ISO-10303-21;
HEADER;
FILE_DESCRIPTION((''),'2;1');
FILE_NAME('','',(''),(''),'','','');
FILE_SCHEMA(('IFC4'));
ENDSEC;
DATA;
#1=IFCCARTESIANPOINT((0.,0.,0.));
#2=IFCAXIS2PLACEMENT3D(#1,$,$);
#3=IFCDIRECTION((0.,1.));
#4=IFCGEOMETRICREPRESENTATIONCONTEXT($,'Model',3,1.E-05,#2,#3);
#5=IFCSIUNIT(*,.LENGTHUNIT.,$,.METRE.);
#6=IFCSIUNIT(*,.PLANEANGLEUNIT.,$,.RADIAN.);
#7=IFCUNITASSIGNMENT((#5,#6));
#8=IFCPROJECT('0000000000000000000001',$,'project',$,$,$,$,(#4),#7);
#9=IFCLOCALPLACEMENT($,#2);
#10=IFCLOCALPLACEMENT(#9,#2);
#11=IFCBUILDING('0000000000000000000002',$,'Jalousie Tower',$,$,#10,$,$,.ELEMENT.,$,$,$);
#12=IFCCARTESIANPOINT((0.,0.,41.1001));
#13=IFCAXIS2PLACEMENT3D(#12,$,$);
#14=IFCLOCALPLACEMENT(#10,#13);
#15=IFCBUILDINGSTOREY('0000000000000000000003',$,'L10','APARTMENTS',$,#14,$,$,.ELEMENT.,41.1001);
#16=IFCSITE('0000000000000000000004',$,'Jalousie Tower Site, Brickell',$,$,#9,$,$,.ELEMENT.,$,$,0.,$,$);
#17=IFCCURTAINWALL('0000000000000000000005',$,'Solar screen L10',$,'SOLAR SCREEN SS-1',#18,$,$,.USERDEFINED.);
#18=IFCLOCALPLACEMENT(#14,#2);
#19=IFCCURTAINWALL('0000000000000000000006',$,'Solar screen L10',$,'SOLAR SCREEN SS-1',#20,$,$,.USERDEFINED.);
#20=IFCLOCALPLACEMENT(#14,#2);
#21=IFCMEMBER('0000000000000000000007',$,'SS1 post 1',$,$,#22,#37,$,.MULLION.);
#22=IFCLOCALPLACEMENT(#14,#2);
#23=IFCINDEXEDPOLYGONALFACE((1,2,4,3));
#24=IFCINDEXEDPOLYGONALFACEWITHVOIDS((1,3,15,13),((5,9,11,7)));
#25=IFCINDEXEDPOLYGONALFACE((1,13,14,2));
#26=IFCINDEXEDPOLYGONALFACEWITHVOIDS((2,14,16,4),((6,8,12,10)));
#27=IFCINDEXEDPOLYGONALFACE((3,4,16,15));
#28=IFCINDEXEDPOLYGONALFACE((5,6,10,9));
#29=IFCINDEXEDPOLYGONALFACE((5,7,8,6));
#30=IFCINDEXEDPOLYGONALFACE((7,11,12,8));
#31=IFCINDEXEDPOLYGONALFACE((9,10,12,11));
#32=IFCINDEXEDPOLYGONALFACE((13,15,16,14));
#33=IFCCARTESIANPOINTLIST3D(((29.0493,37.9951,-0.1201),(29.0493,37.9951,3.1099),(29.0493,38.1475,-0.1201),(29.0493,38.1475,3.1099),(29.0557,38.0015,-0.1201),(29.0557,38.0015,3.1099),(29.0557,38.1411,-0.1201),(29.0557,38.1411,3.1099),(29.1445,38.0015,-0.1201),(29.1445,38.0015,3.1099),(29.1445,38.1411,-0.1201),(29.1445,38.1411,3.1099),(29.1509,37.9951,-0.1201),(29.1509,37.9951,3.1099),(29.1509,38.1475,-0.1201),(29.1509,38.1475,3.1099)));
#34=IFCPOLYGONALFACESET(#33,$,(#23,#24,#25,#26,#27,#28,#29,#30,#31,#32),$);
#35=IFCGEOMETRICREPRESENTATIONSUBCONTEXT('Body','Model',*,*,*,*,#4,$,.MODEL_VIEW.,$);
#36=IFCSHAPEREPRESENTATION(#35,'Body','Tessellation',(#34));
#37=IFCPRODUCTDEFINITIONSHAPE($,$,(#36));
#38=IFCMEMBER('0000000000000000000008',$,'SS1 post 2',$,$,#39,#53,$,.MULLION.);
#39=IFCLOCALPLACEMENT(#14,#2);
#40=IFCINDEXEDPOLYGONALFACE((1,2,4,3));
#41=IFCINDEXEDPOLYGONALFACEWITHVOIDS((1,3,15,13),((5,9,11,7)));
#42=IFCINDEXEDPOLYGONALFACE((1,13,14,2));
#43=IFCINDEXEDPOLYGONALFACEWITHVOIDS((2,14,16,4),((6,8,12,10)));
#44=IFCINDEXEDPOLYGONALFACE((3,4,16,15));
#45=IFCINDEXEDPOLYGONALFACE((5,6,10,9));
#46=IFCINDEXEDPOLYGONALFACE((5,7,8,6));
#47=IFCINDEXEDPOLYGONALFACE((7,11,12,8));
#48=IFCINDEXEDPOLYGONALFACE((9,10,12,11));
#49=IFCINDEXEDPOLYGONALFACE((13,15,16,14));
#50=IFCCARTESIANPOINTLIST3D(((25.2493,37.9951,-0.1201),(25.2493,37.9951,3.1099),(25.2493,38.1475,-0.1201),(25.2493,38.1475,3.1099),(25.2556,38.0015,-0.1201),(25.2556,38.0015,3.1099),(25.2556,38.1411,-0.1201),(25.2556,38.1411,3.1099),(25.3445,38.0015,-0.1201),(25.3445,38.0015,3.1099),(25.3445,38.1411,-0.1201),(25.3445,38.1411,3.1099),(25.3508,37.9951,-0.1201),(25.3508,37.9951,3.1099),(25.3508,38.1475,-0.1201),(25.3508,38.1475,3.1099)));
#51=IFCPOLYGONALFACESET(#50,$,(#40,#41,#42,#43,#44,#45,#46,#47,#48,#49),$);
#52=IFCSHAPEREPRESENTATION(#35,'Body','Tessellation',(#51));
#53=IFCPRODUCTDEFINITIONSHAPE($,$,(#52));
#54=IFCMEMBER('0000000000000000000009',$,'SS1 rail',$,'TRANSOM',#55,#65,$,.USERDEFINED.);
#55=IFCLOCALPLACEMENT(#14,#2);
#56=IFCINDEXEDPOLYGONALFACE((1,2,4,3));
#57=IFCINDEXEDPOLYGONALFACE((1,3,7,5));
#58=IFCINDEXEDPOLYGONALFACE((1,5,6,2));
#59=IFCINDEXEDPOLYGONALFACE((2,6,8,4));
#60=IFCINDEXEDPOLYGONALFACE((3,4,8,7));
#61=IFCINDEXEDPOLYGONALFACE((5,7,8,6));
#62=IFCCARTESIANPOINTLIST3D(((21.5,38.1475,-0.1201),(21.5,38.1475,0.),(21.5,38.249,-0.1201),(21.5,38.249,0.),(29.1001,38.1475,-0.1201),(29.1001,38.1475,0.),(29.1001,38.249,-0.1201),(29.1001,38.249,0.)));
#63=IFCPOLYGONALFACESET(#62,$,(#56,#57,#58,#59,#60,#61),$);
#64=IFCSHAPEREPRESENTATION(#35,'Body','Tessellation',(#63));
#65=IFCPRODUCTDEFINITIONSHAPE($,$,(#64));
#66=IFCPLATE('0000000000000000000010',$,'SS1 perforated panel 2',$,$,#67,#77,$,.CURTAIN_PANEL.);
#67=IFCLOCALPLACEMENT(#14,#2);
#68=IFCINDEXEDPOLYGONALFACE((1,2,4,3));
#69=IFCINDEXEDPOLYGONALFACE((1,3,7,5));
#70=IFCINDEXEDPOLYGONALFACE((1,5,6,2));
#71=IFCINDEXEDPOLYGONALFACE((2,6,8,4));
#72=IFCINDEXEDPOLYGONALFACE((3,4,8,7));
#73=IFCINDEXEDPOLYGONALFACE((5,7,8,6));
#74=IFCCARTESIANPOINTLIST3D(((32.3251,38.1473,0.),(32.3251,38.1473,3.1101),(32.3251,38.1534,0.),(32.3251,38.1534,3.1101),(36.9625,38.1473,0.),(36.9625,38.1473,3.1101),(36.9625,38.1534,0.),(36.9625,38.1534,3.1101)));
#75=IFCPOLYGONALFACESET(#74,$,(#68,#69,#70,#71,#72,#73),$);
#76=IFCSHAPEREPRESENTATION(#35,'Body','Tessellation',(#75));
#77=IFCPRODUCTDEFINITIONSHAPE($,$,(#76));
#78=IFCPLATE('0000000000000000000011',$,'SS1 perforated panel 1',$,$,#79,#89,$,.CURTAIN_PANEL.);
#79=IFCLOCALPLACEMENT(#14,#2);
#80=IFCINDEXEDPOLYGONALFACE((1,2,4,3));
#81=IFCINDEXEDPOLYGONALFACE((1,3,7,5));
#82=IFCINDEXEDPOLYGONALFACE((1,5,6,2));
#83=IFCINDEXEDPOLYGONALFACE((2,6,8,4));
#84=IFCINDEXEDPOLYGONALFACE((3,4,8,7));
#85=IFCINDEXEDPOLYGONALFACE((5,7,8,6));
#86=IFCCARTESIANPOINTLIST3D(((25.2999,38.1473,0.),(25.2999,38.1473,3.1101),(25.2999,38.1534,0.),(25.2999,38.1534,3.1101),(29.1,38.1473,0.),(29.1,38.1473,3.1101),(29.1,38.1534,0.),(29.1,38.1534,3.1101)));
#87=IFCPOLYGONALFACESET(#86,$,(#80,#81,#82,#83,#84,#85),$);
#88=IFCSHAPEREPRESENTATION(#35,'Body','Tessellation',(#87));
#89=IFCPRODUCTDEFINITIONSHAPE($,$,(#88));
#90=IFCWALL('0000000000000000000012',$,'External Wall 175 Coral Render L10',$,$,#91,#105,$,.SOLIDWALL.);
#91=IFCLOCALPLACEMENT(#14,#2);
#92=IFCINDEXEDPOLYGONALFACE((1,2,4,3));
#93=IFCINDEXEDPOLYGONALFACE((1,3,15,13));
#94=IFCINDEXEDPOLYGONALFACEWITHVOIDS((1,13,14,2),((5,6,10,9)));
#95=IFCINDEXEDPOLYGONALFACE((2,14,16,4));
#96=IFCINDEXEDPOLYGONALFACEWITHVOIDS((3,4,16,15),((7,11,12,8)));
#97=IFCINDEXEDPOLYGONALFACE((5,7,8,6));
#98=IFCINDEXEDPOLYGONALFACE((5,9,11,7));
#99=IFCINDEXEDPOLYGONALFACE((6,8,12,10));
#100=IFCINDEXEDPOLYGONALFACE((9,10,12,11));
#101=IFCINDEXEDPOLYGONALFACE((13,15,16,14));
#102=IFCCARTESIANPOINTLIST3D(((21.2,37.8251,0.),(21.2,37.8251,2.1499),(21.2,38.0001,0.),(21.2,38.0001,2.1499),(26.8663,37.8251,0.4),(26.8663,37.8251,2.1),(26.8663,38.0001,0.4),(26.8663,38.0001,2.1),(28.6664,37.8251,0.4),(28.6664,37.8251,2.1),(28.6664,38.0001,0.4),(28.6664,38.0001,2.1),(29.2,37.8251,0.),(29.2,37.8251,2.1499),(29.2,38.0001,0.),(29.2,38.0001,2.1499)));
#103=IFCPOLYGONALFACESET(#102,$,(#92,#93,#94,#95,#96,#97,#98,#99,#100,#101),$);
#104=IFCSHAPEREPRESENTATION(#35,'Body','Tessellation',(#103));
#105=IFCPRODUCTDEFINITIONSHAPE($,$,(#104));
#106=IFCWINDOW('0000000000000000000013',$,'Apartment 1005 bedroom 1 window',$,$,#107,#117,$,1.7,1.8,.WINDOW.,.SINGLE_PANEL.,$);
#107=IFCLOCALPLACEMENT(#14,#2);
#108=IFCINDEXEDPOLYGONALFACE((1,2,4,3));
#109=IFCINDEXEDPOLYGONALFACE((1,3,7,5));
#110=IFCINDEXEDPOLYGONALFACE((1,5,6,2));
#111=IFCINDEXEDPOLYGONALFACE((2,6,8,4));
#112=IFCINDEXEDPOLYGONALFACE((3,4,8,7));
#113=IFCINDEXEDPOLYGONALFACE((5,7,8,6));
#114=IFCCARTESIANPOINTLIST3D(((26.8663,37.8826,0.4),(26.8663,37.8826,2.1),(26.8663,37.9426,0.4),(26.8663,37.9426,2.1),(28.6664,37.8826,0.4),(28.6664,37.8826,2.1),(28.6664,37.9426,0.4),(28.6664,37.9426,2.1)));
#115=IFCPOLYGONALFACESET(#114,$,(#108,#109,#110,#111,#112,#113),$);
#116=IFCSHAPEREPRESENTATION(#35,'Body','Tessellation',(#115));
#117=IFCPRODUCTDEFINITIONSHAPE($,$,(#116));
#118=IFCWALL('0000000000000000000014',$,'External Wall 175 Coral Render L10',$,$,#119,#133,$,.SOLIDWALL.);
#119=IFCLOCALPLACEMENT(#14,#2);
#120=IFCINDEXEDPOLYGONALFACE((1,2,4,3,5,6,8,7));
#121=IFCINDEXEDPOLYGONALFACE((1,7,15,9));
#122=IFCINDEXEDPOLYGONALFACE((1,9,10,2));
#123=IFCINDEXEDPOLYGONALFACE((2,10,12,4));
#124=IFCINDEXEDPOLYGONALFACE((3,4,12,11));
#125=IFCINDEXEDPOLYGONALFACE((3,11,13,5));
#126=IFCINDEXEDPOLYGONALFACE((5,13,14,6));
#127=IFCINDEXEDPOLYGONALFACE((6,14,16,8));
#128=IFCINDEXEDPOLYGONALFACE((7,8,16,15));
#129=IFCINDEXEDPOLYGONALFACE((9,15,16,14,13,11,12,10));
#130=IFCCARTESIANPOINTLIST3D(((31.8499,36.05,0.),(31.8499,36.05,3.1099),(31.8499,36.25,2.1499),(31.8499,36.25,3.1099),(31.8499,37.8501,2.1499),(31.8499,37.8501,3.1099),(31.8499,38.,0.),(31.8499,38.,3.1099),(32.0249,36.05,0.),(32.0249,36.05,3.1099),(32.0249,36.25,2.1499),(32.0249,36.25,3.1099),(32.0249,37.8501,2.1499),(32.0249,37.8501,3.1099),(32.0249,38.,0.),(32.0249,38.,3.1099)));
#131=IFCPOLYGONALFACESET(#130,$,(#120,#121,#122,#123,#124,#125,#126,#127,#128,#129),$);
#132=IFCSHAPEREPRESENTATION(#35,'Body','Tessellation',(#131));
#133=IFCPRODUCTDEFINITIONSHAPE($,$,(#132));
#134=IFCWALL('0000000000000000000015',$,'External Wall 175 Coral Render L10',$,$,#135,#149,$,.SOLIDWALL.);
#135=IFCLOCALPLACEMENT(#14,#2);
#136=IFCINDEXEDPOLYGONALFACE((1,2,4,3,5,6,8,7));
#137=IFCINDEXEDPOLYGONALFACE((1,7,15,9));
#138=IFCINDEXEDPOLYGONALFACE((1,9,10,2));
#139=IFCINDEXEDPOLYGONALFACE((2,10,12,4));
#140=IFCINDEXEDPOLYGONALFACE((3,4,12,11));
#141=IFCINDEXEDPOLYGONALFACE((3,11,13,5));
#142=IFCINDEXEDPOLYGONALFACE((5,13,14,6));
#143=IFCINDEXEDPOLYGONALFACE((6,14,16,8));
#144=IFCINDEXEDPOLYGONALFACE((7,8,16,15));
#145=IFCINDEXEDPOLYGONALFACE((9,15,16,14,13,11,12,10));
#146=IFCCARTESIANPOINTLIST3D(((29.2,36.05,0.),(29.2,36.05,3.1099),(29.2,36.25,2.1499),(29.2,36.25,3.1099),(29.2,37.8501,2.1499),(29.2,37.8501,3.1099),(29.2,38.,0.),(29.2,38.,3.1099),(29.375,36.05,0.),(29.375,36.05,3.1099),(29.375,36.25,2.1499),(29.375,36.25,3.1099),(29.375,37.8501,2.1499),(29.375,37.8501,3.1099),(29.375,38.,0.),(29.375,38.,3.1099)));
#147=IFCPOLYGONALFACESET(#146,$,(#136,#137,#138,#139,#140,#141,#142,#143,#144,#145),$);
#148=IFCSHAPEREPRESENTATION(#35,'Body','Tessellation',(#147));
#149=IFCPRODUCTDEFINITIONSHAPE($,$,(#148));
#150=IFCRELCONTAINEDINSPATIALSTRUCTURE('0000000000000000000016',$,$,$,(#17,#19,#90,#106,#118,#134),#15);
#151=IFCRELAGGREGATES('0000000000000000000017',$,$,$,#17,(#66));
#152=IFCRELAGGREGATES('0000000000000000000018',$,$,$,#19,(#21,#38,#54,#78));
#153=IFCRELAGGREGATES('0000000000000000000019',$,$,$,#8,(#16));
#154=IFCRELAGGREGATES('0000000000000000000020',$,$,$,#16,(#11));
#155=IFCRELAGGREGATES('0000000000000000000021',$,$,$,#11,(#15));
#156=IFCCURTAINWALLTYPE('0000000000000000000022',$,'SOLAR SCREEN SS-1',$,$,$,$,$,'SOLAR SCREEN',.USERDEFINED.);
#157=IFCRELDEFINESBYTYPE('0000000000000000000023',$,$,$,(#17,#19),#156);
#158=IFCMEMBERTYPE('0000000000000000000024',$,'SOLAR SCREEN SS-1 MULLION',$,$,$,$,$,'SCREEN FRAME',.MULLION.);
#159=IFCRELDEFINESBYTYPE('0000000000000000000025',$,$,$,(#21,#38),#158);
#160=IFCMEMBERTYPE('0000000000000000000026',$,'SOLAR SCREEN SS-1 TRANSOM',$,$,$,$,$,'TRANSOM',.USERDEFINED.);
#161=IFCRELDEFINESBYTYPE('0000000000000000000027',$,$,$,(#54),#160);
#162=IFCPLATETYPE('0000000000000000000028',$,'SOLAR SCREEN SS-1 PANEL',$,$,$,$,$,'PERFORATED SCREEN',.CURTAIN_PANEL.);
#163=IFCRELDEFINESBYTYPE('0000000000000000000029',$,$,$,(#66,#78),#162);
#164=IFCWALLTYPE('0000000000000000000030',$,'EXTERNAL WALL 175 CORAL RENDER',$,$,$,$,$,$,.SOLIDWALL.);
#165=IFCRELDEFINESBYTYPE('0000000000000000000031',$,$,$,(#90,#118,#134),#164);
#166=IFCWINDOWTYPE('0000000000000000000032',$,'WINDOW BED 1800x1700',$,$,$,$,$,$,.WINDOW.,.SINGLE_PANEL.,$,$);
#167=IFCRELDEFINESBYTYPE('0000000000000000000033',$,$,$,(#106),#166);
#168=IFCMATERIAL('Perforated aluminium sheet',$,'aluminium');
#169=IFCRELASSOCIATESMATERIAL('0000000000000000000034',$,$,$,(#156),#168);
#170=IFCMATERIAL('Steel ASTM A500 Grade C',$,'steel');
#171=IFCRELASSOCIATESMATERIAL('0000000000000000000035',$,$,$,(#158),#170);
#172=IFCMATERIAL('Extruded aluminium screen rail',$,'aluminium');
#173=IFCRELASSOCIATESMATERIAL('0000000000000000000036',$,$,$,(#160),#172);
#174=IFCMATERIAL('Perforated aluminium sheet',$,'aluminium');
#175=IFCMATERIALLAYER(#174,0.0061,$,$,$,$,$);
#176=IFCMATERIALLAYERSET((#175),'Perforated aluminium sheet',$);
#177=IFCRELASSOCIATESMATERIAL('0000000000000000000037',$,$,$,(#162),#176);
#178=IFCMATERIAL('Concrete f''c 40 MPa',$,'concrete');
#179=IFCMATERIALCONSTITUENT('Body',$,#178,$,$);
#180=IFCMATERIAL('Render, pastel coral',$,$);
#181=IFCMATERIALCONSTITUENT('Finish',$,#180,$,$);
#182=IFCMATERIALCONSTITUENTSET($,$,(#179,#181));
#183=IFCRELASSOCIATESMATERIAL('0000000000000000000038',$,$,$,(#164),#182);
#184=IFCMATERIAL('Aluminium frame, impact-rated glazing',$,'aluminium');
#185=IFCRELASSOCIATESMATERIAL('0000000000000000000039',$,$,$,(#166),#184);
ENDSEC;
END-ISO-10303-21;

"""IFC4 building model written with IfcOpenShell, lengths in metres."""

from ifc_helpers import new_model, si_unit, direction, frame, frame_2d, origin, origin_2d, place, context, subcontext, project, spatial, polyline, rectangle, hollow_rectangle, outline, extrude, material, layer, layer_set, constituent, constituent_set, material_profile, profile_set, type_object, element, fill, aggregate, save


model = new_model("IFC4")

# Units and contexts
model_context = context("Model", 3, precision=1e-05, world=origin(), true_north=direction((0.0, 1.0)))
body_context = subcontext(model_context, "Body", "Model", "MODEL_VIEW")
ifc_project = project(units=[si_unit("LENGTHUNIT", "METRE"), si_unit("PLANEANGLEUNIT", "RADIAN")], contexts=[model_context])

# Site, building, storey
site_placement = place(None, origin())
site = spatial("IfcSite", under=ifc_project, at=site_placement, Name="Jalousie Tower Site, Brickell", CompositionType="ELEMENT", RefElevation=0.0)
building_placement = place(site_placement, origin())
building = spatial("IfcBuilding", under=site, at=building_placement, Name="Jalousie Tower", CompositionType="ELEMENT")
storey_placement = place(building_placement, frame((0.0, 0.0, 41.1001)))
storey = spatial("IfcBuildingStorey", under=building, at=storey_placement, Name="L10", Description="APARTMENTS", CompositionType="ELEMENT", Elevation=41.1001)

# Curtain wall
ifc_material_1 = material(Name="Perforated aluminium sheet", Category="aluminium")
curtain_wall_type = type_object("IfcCurtainWallType", Name="SOLAR SCREEN SS-1", ElementType="SOLAR SCREEN", PredefinedType="USERDEFINED", material=ifc_material_1)
curtain_wall_1_placement = place(storey_placement, origin())
curtain_wall_1 = element("IfcCurtainWall", 1, at=curtain_wall_1_placement, inside=storey, type_object=curtain_wall_type, Name="Solar screen L10", ObjectType="SOLAR SCREEN SS-1", PredefinedType="USERDEFINED")
ifc_material_2 = material(Name="Steel ASTM A500 Grade C", Category="steel")
ifc_material_profile_1 = material_profile(ifc_material_2, hollow_rectangle(XDim=0.1016, YDim=0.1523, WallThickness=0.0063, at=origin_2d()), Name="HSS6X4X1/4")
ifc_profile_set_1 = profile_set([ifc_material_profile_1], Name="Steel ASTM A500 Grade C")
member_type_1 = type_object("IfcMemberType", Name="SOLAR SCREEN SS-1 MULLION", ElementType="SCREEN FRAME", PredefinedType="MULLION", material=ifc_profile_set_1)

# Curtain wall, members
curtain_wall_2_placement = place(storey_placement, origin())
curtain_wall_2 = element("IfcCurtainWall", 2, at=curtain_wall_2_placement, inside=storey, type_object=curtain_wall_type, Name="Solar screen L10", ObjectType="SOLAR SCREEN SS-1", PredefinedType="USERDEFINED")
member_1_placement = place(storey_placement, frame((29.1001, 38.0713, -0.1201), z_axis=(0.0, 0.0, 1.0), x_axis=(-1.0, 0.0, 0.0)))
member_1 = element("IfcMember", 3, at=member_1_placement, type_object=member_type_1, Name="SS1 post 1", PredefinedType="MULLION", context=body_context, shape_type="SweptSolid", body=[
    extrude(hollow_rectangle(XDim=0.1016, YDim=0.1523, WallThickness=0.0063, at=origin_2d()), origin(), (0.0, 0.0, 1.0), 3.23),
])
member_2_placement = place(storey_placement, frame((25.3, 38.0713, -0.1201), z_axis=(0.0, 0.0, 1.0), x_axis=(-1.0, 0.0, 0.0)))
member_2 = element("IfcMember", 4, at=member_2_placement, type_object=member_type_1, Name="SS1 post 2", PredefinedType="MULLION", context=body_context, shape_type="SweptSolid", body=[
    extrude(hollow_rectangle(XDim=0.1016, YDim=0.1523, WallThickness=0.0063, at=origin_2d()), origin(), (0.0, 0.0, 1.0), 3.23),
])
ifc_material_3 = material(Name="Extruded aluminium screen rail", Category="aluminium")
ifc_material_profile_2 = material_profile(ifc_material_3, rectangle(XDim=0.1016, YDim=0.1201, at=origin_2d()), Name="RAIL 102x120")
ifc_profile_set_2 = profile_set([ifc_material_profile_2], Name="Extruded aluminium screen rail")
member_type_2 = type_object("IfcMemberType", Name="SOLAR SCREEN SS-1 TRANSOM", ElementType="TRANSOM", PredefinedType="USERDEFINED", material=ifc_profile_set_2)
member_3_placement = place(storey_placement, frame((29.1001, 38.1982, -0.0601), z_axis=(-1.0, 0.0, 0.0), x_axis=(0.0, -1.0, 0.0)))
member_3 = element("IfcMember", 5, at=member_3_placement, type_object=member_type_2, Name="SS1 rail", ObjectType="TRANSOM", PredefinedType="USERDEFINED", context=body_context, shape_type="SweptSolid", body=[
    extrude(rectangle(XDim=0.1016, YDim=0.1201, at=origin_2d()), origin(), (0.0, 0.0, 1.0), 7.6001),
])

# Plates
ifc_material_4 = material(Name="Perforated aluminium sheet", Category="aluminium")
ifc_layer_1 = layer(ifc_material_4, 0.0061)
ifc_layer_set_1 = layer_set([ifc_layer_1], Name="Perforated aluminium sheet")
plate_type = type_object("IfcPlateType", Name="SOLAR SCREEN SS-1 PANEL", ElementType="PERFORATED SCREEN", PredefinedType="CURTAIN_PANEL", material=ifc_layer_set_1)
plate_1_placement = place(storey_placement, frame((34.6438, 38.1504, 0.0), z_axis=(0.0, 0.0, 1.0), x_axis=(-1.0, 0.0, 0.0)))
plate_1 = element("IfcPlate", 6, at=plate_1_placement, type_object=plate_type, Name="SS1 perforated panel 2", PredefinedType="CURTAIN_PANEL", context=body_context, shape_type="SweptSolid", body=[
    extrude(rectangle(XDim=4.6375, YDim=0.0061, at=origin_2d()), origin(), (0.0, 0.0, 1.0), 3.1101),
])
aggregate(curtain_wall_1, [plate_1])
plate_2_placement = place(storey_placement, frame((27.2, 38.1504, 0.0), z_axis=(0.0, 0.0, 1.0), x_axis=(-1.0, 0.0, 0.0)))
plate_2 = element("IfcPlate", 7, at=plate_2_placement, type_object=plate_type, Name="SS1 perforated panel 1", PredefinedType="CURTAIN_PANEL", context=body_context, shape_type="SweptSolid", body=[
    extrude(rectangle(XDim=3.8, YDim=0.0061, at=origin_2d()), origin(), (0.0, 0.0, 1.0), 3.1101),
])
aggregate(curtain_wall_2, [member_1, member_2, member_3, plate_2])

# Wall, opening, window
ifc_material_5 = material(Name="Concrete f'c 40 MPa", Category="concrete")
ifc_constituent_1 = constituent(ifc_material_5, Name="Body")
ifc_material_6 = material(Name="Render, pastel coral")
ifc_constituent_2 = constituent(ifc_material_6, Name="Finish")
ifc_constituent_set_1 = constituent_set(constituents=[ifc_constituent_1, ifc_constituent_2])
wall_type_1 = type_object("IfcWallType", Name="EXTERNAL WALL 175 CORAL RENDER", PredefinedType="SOLIDWALL", material=ifc_constituent_set_1)
wall_1_placement = place(storey_placement, frame((29.2, 37.9126, 0.0), z_axis=(0.0, 0.0, 1.0), x_axis=(-1.0, 0.0, 0.0)))
wall_1 = element("IfcWall", 8, at=wall_1_placement, inside=storey, type_object=wall_type_1, Name="External Wall 175 Coral Render L10", PredefinedType="SOLIDWALL", context=body_context, shape_type="SweptSolid", body=[
    extrude(rectangle(XDim=8.0, YDim=0.175, at=frame_2d((4.0, 0.0))), origin(), (0.0, 0.0, 1.0), 2.1499),
])
opening_1_placement = place(wall_1_placement, frame((0.5337, 0.0, 0.3999)))
opening_1 = element("IfcOpeningElement", 9, at=opening_1_placement, cuts=wall_1, PredefinedType="OPENING", context=body_context, shape_type="SweptSolid", body=[
    extrude(rectangle(XDim=1.8, YDim=1.7, at=frame_2d((0.8999, 0.8501))), frame((0.0, 0.0974, 0.0), z_axis=(0.0, -1.0, 0.0), x_axis=(1.0, 0.0, 0.0)), (0.0, 0.0, 1.0), 0.1951),
])
ifc_material_7 = material(Name="Aluminium frame, impact-rated glazing", Category="aluminium")
window_type = type_object("IfcWindowType", Name="WINDOW BED 1800x1700", PartitioningType="SINGLE_PANEL", PredefinedType="WINDOW", material=ifc_material_7)
window_placement = place(opening_1_placement, origin())
window = element("IfcWindow", 10, at=window_placement, inside=storey, type_object=window_type, Name="Apartment 1005 bedroom 1 window", OverallHeight=1.7, OverallWidth=1.8, PartitioningType="SINGLE_PANEL", PredefinedType="WINDOW", context=body_context, shape_type="SweptSolid", body=[
    extrude(rectangle(XDim=1.8, YDim=1.7, at=frame_2d((0.8999, 0.8501))), frame((0.0, 0.03, 0.0), z_axis=(0.0, -1.0, 0.0), x_axis=(1.0, 0.0, 0.0)), (0.0, 0.0, 1.0), 0.0601),
])
fill(opening_1, window)

# Walls
for number, where, z_axis, x_axis, name in (
    (11, (31.9375, 38.0, 0.0), (0.0, 0.0, 1.0), (0.0, -1.0, 0.0), "External Wall 175 Coral Render L10"),
    (12, (29.2876, 38.0, 0.0), (0.0, 0.0, 1.0), (0.0, -1.0, 0.0), "External Wall 175 Coral Render L10"),
):
    element("IfcWall", number, at=place(storey_placement, frame(where, z_axis=z_axis, x_axis=x_axis)), inside=storey, type_object=wall_type_1, Name=name, PredefinedType="SOLIDWALL", context=body_context, shape_type="SweptSolid", body=[
        extrude(outline(polyline([(0.0, 0.0), (1.95, 0.0), (1.95, 3.1099), (1.75, 3.1099), (1.75, 2.1499), (0.1499, 2.1499), (0.1499, 3.1099), (0.0, 3.1099), (0.0, 0.0)])), frame((0.0, 0.0874, 0.0), z_axis=(0.0, -1.0, 0.0), x_axis=(1.0, 0.0, 0.0)), (0.0, 0.0, 1.0), 0.175),
    ])

save(model, "model.ifc")
